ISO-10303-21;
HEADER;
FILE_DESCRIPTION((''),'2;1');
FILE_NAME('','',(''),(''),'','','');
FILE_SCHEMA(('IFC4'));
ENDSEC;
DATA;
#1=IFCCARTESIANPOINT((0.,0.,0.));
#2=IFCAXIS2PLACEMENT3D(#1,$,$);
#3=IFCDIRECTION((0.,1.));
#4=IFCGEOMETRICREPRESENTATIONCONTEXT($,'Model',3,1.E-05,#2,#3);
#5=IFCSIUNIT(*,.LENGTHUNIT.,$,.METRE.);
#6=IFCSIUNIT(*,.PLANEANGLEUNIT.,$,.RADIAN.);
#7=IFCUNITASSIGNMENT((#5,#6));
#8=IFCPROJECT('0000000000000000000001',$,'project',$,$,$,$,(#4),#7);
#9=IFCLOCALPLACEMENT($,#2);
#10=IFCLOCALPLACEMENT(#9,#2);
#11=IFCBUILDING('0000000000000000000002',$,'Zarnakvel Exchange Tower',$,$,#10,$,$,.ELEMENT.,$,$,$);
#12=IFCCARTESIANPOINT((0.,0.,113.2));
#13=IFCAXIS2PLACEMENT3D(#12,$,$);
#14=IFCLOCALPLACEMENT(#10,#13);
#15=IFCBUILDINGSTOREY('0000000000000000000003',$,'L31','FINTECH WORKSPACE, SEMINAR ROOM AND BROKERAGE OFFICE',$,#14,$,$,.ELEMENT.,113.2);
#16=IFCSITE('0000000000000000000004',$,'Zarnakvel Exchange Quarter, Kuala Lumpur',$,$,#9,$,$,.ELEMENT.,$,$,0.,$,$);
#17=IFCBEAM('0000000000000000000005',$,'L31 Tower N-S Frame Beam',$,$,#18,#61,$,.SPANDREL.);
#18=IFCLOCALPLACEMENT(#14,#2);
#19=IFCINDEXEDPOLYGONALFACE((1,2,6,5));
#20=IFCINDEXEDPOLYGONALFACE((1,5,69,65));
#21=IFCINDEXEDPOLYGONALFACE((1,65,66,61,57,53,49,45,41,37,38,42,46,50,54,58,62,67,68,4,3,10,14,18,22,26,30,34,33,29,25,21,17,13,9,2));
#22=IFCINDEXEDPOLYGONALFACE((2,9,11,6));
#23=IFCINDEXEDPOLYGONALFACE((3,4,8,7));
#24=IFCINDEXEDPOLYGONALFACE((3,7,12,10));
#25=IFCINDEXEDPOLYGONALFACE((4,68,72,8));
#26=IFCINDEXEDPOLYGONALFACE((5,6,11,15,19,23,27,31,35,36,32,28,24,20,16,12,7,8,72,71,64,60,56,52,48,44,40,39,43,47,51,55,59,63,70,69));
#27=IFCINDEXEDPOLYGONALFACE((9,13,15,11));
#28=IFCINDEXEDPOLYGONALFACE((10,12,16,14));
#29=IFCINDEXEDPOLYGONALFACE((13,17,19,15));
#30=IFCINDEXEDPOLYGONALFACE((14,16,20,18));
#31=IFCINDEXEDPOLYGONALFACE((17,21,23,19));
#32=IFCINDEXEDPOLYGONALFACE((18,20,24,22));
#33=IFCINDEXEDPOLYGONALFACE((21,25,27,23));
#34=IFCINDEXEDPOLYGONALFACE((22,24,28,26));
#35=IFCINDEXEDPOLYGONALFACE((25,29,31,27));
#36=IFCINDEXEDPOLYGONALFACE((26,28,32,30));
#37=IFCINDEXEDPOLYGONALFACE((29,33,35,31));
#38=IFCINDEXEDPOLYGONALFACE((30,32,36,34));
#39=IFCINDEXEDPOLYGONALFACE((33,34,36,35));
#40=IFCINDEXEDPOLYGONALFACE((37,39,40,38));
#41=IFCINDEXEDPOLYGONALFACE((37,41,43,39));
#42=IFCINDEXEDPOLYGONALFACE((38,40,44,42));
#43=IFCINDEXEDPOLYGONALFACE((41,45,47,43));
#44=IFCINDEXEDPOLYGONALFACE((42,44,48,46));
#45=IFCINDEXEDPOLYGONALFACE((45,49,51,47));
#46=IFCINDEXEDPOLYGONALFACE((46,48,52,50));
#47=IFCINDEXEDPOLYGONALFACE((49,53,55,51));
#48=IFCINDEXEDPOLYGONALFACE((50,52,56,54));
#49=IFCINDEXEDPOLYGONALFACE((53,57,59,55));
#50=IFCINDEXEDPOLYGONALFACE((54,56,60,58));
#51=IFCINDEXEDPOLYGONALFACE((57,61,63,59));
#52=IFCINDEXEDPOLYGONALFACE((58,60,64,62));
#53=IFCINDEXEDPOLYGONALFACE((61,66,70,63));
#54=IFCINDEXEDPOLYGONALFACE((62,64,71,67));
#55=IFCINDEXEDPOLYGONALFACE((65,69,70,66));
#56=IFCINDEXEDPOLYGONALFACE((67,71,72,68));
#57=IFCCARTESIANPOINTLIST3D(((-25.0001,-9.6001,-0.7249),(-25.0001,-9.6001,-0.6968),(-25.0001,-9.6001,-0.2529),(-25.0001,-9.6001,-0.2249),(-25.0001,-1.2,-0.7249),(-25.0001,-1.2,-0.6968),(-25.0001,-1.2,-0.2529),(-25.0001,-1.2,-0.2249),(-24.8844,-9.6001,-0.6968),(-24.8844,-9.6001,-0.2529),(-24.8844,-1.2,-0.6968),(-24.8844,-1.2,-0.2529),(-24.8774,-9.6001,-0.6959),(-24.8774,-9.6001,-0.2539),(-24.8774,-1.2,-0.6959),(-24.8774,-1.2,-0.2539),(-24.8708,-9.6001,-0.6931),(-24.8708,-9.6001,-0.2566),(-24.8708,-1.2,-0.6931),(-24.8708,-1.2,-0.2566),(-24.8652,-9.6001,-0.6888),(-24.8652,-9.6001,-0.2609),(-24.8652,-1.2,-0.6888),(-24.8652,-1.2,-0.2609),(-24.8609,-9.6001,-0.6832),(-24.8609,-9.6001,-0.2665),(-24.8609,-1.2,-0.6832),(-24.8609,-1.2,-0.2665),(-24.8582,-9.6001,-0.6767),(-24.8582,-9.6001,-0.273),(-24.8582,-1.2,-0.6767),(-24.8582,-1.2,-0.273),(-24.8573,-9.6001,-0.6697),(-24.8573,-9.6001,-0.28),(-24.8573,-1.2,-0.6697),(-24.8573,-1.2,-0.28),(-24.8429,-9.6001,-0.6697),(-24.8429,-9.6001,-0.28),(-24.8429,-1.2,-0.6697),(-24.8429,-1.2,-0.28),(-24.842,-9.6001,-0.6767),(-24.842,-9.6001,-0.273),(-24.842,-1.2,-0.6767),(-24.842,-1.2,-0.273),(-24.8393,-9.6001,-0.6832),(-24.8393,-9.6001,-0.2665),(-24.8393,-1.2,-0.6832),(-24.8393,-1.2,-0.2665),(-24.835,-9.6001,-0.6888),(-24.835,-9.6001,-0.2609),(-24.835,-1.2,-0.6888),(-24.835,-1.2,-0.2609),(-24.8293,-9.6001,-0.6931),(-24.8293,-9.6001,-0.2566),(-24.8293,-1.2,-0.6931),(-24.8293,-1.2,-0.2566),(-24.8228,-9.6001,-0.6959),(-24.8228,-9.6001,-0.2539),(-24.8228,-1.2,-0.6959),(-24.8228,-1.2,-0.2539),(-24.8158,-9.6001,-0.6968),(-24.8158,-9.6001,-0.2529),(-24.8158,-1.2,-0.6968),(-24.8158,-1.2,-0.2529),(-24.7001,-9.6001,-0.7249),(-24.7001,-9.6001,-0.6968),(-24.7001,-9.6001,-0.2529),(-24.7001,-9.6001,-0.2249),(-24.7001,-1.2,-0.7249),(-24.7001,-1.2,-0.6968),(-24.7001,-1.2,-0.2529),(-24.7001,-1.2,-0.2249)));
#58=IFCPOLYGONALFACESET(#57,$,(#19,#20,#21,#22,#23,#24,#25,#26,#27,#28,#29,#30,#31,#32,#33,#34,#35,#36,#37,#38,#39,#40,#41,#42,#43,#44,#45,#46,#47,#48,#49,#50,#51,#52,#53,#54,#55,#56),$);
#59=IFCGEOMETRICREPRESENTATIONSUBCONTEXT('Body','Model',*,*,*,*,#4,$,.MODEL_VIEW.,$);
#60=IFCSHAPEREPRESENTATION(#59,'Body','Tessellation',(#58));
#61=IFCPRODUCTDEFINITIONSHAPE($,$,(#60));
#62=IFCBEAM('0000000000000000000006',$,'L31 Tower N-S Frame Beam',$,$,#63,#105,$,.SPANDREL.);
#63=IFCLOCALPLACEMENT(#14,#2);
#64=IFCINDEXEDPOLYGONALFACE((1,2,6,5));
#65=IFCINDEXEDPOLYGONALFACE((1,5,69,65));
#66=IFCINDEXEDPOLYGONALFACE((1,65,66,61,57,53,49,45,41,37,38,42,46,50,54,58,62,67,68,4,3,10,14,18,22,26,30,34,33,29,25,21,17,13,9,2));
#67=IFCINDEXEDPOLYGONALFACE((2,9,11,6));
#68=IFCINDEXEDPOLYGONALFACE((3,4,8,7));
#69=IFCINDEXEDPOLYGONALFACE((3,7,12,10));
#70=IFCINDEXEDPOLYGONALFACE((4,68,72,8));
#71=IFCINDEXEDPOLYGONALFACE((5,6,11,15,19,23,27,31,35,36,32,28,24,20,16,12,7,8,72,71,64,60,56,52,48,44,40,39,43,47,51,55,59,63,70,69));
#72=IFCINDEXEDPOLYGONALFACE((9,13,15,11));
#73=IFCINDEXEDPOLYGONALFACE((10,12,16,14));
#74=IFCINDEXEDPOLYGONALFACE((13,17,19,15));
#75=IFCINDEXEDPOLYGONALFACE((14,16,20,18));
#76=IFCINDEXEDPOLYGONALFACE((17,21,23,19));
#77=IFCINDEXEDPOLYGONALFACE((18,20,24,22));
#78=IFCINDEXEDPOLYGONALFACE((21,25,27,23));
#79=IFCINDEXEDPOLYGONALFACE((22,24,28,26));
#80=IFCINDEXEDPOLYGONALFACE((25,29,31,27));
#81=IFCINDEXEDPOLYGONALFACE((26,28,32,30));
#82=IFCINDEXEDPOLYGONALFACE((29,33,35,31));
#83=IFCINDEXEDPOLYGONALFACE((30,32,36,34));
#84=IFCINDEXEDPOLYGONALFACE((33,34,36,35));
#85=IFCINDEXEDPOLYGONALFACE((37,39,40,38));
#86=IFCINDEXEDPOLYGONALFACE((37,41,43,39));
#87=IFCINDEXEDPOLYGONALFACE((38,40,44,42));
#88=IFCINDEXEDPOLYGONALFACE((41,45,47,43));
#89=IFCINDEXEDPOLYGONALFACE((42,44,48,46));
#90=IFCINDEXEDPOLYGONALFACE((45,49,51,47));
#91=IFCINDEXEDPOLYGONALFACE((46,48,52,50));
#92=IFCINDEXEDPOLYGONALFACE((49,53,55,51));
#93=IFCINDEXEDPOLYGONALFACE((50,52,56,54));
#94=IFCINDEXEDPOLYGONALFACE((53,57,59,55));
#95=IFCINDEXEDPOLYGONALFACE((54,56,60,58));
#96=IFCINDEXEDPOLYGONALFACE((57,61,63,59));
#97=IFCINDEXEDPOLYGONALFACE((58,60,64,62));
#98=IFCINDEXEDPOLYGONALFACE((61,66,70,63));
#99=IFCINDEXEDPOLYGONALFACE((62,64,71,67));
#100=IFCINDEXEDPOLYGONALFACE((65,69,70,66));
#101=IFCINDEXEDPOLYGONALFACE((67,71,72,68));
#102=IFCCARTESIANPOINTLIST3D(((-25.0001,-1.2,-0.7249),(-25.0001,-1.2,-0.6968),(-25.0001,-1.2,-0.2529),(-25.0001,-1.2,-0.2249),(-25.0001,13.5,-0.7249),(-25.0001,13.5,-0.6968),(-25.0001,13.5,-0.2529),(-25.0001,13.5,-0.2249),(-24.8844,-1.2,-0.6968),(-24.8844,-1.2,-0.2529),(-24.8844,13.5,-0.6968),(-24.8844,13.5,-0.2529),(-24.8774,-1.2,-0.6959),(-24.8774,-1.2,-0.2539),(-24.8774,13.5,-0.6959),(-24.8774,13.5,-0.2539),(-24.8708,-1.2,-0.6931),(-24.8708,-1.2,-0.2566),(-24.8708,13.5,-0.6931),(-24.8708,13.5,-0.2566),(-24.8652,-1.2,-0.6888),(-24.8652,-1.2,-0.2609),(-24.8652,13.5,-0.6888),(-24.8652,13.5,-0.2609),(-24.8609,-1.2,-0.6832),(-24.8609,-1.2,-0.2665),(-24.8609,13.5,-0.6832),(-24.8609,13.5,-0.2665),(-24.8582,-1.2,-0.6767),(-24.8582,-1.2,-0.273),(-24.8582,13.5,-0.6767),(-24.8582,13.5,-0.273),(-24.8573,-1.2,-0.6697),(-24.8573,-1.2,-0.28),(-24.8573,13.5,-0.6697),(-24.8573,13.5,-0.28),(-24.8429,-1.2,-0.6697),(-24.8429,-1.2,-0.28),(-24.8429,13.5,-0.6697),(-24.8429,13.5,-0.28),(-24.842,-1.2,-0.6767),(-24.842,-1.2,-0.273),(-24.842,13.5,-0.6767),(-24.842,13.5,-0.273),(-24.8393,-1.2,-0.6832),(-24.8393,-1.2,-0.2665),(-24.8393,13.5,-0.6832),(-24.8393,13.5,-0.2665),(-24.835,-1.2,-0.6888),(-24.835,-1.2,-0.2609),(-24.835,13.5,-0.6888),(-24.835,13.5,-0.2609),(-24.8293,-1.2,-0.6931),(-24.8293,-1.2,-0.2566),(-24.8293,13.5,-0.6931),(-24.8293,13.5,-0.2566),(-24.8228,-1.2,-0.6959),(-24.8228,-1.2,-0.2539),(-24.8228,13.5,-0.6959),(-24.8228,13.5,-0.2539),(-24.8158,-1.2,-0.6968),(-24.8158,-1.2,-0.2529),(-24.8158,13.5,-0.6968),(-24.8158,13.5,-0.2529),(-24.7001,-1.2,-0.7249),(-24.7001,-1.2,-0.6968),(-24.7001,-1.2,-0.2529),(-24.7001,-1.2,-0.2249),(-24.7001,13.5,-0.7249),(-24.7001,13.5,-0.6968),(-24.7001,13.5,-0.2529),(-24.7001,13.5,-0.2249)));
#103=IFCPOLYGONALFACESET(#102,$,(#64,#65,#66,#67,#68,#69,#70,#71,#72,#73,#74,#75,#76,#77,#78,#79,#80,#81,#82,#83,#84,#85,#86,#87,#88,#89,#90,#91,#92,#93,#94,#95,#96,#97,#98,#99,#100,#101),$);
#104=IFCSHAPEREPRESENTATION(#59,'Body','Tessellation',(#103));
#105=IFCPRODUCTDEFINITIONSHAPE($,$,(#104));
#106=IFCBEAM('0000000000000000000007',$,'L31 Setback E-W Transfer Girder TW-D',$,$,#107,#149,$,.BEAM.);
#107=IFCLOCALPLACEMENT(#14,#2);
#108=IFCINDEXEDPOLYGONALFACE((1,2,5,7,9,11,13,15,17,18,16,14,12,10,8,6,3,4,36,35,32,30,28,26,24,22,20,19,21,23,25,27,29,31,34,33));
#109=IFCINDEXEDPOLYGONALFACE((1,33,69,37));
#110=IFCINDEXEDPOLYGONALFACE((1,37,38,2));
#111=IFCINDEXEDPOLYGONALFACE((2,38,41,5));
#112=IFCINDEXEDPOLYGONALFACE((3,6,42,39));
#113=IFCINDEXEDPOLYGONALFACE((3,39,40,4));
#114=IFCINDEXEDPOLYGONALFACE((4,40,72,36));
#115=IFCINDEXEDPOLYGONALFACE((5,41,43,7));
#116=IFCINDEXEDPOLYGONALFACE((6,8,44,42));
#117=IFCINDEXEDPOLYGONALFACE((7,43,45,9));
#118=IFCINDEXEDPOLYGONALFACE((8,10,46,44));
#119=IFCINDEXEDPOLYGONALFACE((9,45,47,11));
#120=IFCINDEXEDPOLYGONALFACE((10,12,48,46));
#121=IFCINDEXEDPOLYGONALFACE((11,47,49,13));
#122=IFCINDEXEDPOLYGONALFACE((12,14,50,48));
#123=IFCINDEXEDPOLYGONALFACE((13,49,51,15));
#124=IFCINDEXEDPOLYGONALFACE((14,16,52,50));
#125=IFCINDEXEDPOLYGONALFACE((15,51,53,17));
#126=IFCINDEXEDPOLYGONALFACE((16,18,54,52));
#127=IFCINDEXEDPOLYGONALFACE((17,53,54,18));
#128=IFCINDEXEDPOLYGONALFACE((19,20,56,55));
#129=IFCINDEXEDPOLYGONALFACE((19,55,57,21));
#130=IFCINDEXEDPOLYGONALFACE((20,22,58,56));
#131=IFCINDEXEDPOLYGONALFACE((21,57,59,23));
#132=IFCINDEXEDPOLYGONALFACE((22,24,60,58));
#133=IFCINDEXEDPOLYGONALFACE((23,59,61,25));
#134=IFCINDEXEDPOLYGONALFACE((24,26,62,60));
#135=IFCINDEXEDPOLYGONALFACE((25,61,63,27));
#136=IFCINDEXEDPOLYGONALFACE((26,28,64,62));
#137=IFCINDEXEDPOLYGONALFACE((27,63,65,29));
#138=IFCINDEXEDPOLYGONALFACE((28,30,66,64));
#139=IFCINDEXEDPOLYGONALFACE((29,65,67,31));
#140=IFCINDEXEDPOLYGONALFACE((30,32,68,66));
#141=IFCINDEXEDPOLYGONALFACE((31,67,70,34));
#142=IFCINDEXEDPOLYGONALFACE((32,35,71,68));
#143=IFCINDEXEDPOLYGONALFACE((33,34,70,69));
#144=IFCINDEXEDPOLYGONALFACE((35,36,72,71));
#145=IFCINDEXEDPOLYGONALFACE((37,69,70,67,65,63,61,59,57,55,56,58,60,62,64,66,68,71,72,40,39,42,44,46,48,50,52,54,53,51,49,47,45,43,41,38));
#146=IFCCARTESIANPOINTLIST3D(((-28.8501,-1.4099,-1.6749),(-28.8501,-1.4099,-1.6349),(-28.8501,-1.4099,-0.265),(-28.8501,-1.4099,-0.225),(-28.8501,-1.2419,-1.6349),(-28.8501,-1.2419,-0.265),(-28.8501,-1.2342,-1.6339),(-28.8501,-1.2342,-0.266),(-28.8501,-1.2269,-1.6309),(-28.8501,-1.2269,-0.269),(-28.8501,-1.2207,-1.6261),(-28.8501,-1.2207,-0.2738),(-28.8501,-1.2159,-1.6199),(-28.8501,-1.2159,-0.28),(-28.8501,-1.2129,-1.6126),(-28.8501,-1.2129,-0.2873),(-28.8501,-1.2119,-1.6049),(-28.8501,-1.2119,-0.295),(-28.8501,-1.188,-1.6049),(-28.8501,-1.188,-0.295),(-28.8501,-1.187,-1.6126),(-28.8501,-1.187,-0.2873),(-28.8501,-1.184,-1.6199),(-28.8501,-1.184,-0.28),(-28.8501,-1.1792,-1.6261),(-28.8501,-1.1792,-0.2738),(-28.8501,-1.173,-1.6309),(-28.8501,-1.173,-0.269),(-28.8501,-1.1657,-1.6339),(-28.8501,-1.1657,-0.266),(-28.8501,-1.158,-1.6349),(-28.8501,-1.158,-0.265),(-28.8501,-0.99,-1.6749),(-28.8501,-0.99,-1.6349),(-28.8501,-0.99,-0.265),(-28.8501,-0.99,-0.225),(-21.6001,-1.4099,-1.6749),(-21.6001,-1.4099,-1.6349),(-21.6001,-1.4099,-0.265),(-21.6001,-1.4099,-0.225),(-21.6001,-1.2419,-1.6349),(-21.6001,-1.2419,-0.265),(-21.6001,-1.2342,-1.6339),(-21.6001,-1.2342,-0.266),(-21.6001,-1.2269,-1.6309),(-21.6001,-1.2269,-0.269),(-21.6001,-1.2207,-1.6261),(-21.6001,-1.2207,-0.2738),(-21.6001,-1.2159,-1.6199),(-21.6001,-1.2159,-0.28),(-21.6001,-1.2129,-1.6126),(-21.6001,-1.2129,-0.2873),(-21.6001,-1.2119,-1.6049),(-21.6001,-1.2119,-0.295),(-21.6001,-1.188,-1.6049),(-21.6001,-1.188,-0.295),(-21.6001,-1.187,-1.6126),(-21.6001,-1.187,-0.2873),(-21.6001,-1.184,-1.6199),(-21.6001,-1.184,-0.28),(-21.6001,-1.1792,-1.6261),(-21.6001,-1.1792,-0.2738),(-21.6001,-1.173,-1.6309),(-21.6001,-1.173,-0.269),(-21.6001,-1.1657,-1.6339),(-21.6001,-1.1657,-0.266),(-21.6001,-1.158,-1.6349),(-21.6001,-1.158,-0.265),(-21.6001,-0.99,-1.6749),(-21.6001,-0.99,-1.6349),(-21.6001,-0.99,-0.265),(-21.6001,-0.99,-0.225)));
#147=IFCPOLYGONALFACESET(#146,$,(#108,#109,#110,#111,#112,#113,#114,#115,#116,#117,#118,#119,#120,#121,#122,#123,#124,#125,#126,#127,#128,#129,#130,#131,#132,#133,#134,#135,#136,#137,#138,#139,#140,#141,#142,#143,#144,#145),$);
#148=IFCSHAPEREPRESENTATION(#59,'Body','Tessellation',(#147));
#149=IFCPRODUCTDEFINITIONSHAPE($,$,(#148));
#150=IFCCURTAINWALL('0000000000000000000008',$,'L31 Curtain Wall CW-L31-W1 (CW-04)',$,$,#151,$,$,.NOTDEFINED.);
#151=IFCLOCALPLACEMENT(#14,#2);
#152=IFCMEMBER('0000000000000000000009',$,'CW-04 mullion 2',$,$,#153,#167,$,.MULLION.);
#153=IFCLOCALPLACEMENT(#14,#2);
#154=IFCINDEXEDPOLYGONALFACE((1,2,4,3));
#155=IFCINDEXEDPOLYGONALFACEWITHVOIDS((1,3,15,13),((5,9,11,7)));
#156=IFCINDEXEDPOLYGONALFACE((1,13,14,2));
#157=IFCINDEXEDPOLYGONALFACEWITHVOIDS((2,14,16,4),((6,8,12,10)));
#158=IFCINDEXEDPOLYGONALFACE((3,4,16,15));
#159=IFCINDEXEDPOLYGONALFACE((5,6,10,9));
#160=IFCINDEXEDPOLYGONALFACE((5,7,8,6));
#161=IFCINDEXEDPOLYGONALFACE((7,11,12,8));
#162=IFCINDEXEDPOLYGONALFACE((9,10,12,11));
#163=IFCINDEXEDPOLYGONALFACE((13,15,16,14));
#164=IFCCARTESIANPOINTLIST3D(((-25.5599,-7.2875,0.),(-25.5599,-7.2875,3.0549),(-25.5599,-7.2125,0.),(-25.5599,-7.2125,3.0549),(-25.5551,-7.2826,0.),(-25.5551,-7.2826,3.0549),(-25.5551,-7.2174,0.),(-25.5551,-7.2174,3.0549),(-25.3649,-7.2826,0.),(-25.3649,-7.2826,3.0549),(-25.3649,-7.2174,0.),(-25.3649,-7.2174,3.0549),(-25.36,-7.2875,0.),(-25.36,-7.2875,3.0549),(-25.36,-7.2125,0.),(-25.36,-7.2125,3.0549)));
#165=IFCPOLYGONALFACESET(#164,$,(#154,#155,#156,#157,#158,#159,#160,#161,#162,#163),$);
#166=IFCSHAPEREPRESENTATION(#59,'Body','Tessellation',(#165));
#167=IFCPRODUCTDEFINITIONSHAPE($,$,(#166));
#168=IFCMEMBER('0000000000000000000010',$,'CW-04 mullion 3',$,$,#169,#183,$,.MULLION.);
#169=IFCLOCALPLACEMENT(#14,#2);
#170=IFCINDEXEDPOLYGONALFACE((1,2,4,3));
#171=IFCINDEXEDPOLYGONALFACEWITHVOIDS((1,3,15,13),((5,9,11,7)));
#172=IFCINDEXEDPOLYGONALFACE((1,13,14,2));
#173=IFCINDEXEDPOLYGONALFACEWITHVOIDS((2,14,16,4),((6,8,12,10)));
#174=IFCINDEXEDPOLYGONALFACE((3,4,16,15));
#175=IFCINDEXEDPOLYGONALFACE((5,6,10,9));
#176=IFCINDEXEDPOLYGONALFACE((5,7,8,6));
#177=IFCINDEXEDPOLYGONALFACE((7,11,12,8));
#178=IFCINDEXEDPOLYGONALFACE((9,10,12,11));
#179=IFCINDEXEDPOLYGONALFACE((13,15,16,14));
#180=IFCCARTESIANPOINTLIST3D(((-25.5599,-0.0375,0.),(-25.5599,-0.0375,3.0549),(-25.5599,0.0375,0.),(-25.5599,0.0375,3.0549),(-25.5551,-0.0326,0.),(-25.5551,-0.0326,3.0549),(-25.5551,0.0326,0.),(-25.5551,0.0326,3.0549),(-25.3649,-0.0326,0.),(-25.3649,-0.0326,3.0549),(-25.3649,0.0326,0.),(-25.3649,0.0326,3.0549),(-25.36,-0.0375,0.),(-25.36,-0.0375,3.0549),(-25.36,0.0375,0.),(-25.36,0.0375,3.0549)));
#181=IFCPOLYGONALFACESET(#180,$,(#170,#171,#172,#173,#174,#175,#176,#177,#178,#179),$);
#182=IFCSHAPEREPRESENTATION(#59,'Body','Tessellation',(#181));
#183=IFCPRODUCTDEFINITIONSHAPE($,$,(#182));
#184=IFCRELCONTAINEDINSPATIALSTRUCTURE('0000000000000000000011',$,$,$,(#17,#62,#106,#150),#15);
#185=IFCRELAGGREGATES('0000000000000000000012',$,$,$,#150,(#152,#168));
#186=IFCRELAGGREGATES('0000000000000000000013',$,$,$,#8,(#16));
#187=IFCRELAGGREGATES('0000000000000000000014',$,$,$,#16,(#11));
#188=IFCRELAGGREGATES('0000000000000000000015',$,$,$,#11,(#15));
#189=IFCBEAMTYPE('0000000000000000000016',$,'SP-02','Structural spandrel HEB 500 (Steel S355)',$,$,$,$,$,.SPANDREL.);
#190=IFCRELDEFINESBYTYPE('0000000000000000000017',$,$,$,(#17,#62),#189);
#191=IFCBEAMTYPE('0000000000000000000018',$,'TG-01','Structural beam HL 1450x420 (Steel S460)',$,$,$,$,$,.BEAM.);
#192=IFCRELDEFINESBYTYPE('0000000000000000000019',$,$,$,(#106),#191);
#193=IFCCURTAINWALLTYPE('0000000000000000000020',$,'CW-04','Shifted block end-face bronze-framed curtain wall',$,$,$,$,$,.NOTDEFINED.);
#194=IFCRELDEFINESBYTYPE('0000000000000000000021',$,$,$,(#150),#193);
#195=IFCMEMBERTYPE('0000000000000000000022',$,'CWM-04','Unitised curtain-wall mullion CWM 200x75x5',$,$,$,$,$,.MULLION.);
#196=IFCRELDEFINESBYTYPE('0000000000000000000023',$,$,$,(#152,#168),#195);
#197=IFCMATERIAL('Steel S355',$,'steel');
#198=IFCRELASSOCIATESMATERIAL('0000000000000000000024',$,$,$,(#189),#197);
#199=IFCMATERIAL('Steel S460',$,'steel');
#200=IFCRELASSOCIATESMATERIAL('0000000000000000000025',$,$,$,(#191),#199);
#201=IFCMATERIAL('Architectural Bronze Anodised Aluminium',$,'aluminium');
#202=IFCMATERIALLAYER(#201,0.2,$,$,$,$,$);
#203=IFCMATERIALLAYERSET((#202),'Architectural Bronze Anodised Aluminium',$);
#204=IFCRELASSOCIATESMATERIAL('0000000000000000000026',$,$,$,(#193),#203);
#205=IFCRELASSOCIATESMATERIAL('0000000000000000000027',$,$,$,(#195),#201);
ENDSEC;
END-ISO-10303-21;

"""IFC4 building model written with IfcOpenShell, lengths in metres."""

from ifc_helpers import new_model, si_unit, direction, frame, origin, origin_2d, place, context, subcontext, project, spatial, hollow_rectangle, i_section, extrude, source, transform, mapped, material, layer, layer_set, material_profile, profile_set, type_object, element, aggregate, save


model = new_model("IFC4")

# Units and contexts
model_context = context("Model", 3, precision=1e-05, world=origin(), true_north=direction((0.0, 1.0)))
body_context = subcontext(model_context, "Body", "Model", "MODEL_VIEW")
ifc_project = project(units=[si_unit("LENGTHUNIT", "METRE"), si_unit("PLANEANGLEUNIT", "RADIAN")], contexts=[model_context])

# Site, building, storey
site_placement = place(None, origin())
site = spatial("IfcSite", under=ifc_project, at=site_placement, Name="Zarnakvel Exchange Quarter, Kuala Lumpur", CompositionType="ELEMENT", RefElevation=0.0)
building_placement = place(site_placement, origin())
building = spatial("IfcBuilding", under=site, at=building_placement, Name="Zarnakvel Exchange Tower", CompositionType="ELEMENT")
storey_placement = place(building_placement, frame((0.0, 0.0, 113.2)))
storey = spatial("IfcBuildingStorey", under=building, at=storey_placement, Name="L31", Description="FINTECH WORKSPACE, SEMINAR ROOM AND BROKERAGE OFFICE", CompositionType="ELEMENT", Elevation=113.2)

# Shared definitions
ifc_material_1 = material(Name="Steel S355", Category="steel")

# Beams
ifc_material_profile_1 = material_profile(ifc_material_1, i_section(OverallWidth=0.3, OverallDepth=0.5, WebThickness=0.0144, FlangeThickness=0.0281, FilletRadius=0.0271, at=origin_2d()))
ifc_profile_set_1 = profile_set([ifc_material_profile_1], Name="Steel S355")
beam_type_1 = type_object("IfcBeamType", Name="SP-02", Description="Structural spandrel HEB 500 (Steel S355)", PredefinedType="SPANDREL", material=ifc_profile_set_1)
beam_1_placement = place(storey_placement, frame((-24.8501, -9.6001, -0.4749), z_axis=(0.0, 1.0, 0.0), x_axis=(-1.0, 0.0, 0.0)))
element("IfcBeam", 1, at=beam_1_placement, inside=storey, type_object=beam_type_1, Name="L31 Tower N-S Frame Beam", PredefinedType="SPANDREL", context=body_context, shape_type="SweptSolid", body=[
    extrude(i_section(OverallWidth=0.3, OverallDepth=0.5, WebThickness=0.0144, FlangeThickness=0.0281, FilletRadius=0.0271, at=origin_2d()), origin(), (0.0, 0.0, 1.0), 8.4001),
])
beam_2_placement = place(storey_placement, frame((-24.8501, -1.2, -0.4749), z_axis=(0.0, 1.0, 0.0), x_axis=(-1.0, 0.0, 0.0)))
element("IfcBeam", 2, at=beam_2_placement, inside=storey, type_object=beam_type_1, Name="L31 Tower N-S Frame Beam", PredefinedType="SPANDREL", context=body_context, shape_type="SweptSolid", body=[
    extrude(i_section(OverallWidth=0.3, OverallDepth=0.5, WebThickness=0.0144, FlangeThickness=0.0281, FilletRadius=0.0271, at=origin_2d()), origin(), (0.0, 0.0, 1.0), 14.7),
])
ifc_material_2 = material(Name="Steel S460", Category="steel")
ifc_material_profile_2 = material_profile(ifc_material_2, i_section(OverallWidth=0.4199, OverallDepth=1.45, WebThickness=0.0239, FlangeThickness=0.04, FilletRadius=0.03, at=origin_2d()))
ifc_profile_set_2 = profile_set([ifc_material_profile_2], Name="Steel S460")
beam_type_2 = type_object("IfcBeamType", Name="TG-01", Description="Structural beam HL 1450x420 (Steel S460)", PredefinedType="BEAM", material=ifc_profile_set_2)
beam_3_placement = place(storey_placement, frame((-28.8501, -1.2, -0.95), z_axis=(1.0, 0.0, 0.0), x_axis=(0.0, 1.0, 0.0)))
element("IfcBeam", 3, at=beam_3_placement, inside=storey, type_object=beam_type_2, Name="L31 Setback E-W Transfer Girder TW-D", PredefinedType="BEAM", context=body_context, shape_type="SweptSolid", body=[
    extrude(i_section(OverallWidth=0.4199, OverallDepth=1.45, WebThickness=0.0239, FlangeThickness=0.04, FilletRadius=0.03, at=origin_2d()), origin(), (0.0, 0.0, 1.0), 7.25),
])

# Curtain wall, members
ifc_material_3 = material(Name="Architectural Bronze Anodised Aluminium", Category="aluminium")
ifc_layer_1 = layer(ifc_material_3, 0.2)
ifc_layer_set_1 = layer_set([ifc_layer_1], Name="Architectural Bronze Anodised Aluminium")
curtain_wall_type = type_object("IfcCurtainWallType", Name="CW-04", Description="Shifted block end-face bronze-framed curtain wall", PredefinedType="NOTDEFINED", material=ifc_layer_set_1)
curtain_wall_placement = place(storey_placement, origin())
curtain_wall = element("IfcCurtainWall", 4, at=curtain_wall_placement, inside=storey, type_object=curtain_wall_type, Name="L31 Curtain Wall CW-L31-W1 (CW-04)", PredefinedType="NOTDEFINED")
ifc_material_profile_3 = material_profile(ifc_material_3, hollow_rectangle(XDim=0.2, YDim=0.075, WallThickness=0.0049, at=origin_2d()))
ifc_profile_set_3 = profile_set([ifc_material_profile_3], Name="Architectural Bronze Anodised Aluminium")
member_type_1 = type_object("IfcMemberType", Name="CWM-04", Description="Unitised curtain-wall mullion CWM 200x75x5", PredefinedType="MULLION", material=ifc_profile_set_3)
shared_shape_1 = source(origin(), body_context, "Body", "SweptSolid", [
    extrude(hollow_rectangle(XDim=0.2, YDim=0.075, WallThickness=0.0049, at=origin_2d()), origin(), (0.0, 0.0, 1.0), 3.0549),
])
member_1_placement = place(storey_placement, frame((-25.46, -7.25, 0.0), z_axis=(0.0, 0.0, 1.0), x_axis=(-1.0, 0.0, 0.0)))
member_1 = element("IfcMember", 5, at=member_1_placement, type_object=member_type_1, Name="CW-04 mullion 2", PredefinedType="MULLION", context=body_context, shape_type="MappedRepresentation", body=[
    mapped(shared_shape_1, transform((0.0, 0.0, 0.0), x_axis=(1.0, 0.0, 0.0), y_axis=(0.0, 1.0, 0.0), z_axis=(0.0, 0.0, 1.0), scale=1.0)),
])
member_2_placement = place(storey_placement, frame((-25.46, 0.0, 0.0), z_axis=(0.0, 0.0, 1.0), x_axis=(-1.0, 0.0, 0.0)))
member_2 = element("IfcMember", 6, at=member_2_placement, type_object=member_type_1, Name="CW-04 mullion 3", PredefinedType="MULLION", context=body_context, shape_type="MappedRepresentation", body=[
    mapped(shared_shape_1, transform((0.0, 0.0, 0.0), x_axis=(1.0, 0.0, 0.0), y_axis=(0.0, 1.0, 0.0), z_axis=(0.0, 0.0, 1.0), scale=1.0)),
])
aggregate(curtain_wall, [member_1, member_2])

save(model, "model.ifc")
